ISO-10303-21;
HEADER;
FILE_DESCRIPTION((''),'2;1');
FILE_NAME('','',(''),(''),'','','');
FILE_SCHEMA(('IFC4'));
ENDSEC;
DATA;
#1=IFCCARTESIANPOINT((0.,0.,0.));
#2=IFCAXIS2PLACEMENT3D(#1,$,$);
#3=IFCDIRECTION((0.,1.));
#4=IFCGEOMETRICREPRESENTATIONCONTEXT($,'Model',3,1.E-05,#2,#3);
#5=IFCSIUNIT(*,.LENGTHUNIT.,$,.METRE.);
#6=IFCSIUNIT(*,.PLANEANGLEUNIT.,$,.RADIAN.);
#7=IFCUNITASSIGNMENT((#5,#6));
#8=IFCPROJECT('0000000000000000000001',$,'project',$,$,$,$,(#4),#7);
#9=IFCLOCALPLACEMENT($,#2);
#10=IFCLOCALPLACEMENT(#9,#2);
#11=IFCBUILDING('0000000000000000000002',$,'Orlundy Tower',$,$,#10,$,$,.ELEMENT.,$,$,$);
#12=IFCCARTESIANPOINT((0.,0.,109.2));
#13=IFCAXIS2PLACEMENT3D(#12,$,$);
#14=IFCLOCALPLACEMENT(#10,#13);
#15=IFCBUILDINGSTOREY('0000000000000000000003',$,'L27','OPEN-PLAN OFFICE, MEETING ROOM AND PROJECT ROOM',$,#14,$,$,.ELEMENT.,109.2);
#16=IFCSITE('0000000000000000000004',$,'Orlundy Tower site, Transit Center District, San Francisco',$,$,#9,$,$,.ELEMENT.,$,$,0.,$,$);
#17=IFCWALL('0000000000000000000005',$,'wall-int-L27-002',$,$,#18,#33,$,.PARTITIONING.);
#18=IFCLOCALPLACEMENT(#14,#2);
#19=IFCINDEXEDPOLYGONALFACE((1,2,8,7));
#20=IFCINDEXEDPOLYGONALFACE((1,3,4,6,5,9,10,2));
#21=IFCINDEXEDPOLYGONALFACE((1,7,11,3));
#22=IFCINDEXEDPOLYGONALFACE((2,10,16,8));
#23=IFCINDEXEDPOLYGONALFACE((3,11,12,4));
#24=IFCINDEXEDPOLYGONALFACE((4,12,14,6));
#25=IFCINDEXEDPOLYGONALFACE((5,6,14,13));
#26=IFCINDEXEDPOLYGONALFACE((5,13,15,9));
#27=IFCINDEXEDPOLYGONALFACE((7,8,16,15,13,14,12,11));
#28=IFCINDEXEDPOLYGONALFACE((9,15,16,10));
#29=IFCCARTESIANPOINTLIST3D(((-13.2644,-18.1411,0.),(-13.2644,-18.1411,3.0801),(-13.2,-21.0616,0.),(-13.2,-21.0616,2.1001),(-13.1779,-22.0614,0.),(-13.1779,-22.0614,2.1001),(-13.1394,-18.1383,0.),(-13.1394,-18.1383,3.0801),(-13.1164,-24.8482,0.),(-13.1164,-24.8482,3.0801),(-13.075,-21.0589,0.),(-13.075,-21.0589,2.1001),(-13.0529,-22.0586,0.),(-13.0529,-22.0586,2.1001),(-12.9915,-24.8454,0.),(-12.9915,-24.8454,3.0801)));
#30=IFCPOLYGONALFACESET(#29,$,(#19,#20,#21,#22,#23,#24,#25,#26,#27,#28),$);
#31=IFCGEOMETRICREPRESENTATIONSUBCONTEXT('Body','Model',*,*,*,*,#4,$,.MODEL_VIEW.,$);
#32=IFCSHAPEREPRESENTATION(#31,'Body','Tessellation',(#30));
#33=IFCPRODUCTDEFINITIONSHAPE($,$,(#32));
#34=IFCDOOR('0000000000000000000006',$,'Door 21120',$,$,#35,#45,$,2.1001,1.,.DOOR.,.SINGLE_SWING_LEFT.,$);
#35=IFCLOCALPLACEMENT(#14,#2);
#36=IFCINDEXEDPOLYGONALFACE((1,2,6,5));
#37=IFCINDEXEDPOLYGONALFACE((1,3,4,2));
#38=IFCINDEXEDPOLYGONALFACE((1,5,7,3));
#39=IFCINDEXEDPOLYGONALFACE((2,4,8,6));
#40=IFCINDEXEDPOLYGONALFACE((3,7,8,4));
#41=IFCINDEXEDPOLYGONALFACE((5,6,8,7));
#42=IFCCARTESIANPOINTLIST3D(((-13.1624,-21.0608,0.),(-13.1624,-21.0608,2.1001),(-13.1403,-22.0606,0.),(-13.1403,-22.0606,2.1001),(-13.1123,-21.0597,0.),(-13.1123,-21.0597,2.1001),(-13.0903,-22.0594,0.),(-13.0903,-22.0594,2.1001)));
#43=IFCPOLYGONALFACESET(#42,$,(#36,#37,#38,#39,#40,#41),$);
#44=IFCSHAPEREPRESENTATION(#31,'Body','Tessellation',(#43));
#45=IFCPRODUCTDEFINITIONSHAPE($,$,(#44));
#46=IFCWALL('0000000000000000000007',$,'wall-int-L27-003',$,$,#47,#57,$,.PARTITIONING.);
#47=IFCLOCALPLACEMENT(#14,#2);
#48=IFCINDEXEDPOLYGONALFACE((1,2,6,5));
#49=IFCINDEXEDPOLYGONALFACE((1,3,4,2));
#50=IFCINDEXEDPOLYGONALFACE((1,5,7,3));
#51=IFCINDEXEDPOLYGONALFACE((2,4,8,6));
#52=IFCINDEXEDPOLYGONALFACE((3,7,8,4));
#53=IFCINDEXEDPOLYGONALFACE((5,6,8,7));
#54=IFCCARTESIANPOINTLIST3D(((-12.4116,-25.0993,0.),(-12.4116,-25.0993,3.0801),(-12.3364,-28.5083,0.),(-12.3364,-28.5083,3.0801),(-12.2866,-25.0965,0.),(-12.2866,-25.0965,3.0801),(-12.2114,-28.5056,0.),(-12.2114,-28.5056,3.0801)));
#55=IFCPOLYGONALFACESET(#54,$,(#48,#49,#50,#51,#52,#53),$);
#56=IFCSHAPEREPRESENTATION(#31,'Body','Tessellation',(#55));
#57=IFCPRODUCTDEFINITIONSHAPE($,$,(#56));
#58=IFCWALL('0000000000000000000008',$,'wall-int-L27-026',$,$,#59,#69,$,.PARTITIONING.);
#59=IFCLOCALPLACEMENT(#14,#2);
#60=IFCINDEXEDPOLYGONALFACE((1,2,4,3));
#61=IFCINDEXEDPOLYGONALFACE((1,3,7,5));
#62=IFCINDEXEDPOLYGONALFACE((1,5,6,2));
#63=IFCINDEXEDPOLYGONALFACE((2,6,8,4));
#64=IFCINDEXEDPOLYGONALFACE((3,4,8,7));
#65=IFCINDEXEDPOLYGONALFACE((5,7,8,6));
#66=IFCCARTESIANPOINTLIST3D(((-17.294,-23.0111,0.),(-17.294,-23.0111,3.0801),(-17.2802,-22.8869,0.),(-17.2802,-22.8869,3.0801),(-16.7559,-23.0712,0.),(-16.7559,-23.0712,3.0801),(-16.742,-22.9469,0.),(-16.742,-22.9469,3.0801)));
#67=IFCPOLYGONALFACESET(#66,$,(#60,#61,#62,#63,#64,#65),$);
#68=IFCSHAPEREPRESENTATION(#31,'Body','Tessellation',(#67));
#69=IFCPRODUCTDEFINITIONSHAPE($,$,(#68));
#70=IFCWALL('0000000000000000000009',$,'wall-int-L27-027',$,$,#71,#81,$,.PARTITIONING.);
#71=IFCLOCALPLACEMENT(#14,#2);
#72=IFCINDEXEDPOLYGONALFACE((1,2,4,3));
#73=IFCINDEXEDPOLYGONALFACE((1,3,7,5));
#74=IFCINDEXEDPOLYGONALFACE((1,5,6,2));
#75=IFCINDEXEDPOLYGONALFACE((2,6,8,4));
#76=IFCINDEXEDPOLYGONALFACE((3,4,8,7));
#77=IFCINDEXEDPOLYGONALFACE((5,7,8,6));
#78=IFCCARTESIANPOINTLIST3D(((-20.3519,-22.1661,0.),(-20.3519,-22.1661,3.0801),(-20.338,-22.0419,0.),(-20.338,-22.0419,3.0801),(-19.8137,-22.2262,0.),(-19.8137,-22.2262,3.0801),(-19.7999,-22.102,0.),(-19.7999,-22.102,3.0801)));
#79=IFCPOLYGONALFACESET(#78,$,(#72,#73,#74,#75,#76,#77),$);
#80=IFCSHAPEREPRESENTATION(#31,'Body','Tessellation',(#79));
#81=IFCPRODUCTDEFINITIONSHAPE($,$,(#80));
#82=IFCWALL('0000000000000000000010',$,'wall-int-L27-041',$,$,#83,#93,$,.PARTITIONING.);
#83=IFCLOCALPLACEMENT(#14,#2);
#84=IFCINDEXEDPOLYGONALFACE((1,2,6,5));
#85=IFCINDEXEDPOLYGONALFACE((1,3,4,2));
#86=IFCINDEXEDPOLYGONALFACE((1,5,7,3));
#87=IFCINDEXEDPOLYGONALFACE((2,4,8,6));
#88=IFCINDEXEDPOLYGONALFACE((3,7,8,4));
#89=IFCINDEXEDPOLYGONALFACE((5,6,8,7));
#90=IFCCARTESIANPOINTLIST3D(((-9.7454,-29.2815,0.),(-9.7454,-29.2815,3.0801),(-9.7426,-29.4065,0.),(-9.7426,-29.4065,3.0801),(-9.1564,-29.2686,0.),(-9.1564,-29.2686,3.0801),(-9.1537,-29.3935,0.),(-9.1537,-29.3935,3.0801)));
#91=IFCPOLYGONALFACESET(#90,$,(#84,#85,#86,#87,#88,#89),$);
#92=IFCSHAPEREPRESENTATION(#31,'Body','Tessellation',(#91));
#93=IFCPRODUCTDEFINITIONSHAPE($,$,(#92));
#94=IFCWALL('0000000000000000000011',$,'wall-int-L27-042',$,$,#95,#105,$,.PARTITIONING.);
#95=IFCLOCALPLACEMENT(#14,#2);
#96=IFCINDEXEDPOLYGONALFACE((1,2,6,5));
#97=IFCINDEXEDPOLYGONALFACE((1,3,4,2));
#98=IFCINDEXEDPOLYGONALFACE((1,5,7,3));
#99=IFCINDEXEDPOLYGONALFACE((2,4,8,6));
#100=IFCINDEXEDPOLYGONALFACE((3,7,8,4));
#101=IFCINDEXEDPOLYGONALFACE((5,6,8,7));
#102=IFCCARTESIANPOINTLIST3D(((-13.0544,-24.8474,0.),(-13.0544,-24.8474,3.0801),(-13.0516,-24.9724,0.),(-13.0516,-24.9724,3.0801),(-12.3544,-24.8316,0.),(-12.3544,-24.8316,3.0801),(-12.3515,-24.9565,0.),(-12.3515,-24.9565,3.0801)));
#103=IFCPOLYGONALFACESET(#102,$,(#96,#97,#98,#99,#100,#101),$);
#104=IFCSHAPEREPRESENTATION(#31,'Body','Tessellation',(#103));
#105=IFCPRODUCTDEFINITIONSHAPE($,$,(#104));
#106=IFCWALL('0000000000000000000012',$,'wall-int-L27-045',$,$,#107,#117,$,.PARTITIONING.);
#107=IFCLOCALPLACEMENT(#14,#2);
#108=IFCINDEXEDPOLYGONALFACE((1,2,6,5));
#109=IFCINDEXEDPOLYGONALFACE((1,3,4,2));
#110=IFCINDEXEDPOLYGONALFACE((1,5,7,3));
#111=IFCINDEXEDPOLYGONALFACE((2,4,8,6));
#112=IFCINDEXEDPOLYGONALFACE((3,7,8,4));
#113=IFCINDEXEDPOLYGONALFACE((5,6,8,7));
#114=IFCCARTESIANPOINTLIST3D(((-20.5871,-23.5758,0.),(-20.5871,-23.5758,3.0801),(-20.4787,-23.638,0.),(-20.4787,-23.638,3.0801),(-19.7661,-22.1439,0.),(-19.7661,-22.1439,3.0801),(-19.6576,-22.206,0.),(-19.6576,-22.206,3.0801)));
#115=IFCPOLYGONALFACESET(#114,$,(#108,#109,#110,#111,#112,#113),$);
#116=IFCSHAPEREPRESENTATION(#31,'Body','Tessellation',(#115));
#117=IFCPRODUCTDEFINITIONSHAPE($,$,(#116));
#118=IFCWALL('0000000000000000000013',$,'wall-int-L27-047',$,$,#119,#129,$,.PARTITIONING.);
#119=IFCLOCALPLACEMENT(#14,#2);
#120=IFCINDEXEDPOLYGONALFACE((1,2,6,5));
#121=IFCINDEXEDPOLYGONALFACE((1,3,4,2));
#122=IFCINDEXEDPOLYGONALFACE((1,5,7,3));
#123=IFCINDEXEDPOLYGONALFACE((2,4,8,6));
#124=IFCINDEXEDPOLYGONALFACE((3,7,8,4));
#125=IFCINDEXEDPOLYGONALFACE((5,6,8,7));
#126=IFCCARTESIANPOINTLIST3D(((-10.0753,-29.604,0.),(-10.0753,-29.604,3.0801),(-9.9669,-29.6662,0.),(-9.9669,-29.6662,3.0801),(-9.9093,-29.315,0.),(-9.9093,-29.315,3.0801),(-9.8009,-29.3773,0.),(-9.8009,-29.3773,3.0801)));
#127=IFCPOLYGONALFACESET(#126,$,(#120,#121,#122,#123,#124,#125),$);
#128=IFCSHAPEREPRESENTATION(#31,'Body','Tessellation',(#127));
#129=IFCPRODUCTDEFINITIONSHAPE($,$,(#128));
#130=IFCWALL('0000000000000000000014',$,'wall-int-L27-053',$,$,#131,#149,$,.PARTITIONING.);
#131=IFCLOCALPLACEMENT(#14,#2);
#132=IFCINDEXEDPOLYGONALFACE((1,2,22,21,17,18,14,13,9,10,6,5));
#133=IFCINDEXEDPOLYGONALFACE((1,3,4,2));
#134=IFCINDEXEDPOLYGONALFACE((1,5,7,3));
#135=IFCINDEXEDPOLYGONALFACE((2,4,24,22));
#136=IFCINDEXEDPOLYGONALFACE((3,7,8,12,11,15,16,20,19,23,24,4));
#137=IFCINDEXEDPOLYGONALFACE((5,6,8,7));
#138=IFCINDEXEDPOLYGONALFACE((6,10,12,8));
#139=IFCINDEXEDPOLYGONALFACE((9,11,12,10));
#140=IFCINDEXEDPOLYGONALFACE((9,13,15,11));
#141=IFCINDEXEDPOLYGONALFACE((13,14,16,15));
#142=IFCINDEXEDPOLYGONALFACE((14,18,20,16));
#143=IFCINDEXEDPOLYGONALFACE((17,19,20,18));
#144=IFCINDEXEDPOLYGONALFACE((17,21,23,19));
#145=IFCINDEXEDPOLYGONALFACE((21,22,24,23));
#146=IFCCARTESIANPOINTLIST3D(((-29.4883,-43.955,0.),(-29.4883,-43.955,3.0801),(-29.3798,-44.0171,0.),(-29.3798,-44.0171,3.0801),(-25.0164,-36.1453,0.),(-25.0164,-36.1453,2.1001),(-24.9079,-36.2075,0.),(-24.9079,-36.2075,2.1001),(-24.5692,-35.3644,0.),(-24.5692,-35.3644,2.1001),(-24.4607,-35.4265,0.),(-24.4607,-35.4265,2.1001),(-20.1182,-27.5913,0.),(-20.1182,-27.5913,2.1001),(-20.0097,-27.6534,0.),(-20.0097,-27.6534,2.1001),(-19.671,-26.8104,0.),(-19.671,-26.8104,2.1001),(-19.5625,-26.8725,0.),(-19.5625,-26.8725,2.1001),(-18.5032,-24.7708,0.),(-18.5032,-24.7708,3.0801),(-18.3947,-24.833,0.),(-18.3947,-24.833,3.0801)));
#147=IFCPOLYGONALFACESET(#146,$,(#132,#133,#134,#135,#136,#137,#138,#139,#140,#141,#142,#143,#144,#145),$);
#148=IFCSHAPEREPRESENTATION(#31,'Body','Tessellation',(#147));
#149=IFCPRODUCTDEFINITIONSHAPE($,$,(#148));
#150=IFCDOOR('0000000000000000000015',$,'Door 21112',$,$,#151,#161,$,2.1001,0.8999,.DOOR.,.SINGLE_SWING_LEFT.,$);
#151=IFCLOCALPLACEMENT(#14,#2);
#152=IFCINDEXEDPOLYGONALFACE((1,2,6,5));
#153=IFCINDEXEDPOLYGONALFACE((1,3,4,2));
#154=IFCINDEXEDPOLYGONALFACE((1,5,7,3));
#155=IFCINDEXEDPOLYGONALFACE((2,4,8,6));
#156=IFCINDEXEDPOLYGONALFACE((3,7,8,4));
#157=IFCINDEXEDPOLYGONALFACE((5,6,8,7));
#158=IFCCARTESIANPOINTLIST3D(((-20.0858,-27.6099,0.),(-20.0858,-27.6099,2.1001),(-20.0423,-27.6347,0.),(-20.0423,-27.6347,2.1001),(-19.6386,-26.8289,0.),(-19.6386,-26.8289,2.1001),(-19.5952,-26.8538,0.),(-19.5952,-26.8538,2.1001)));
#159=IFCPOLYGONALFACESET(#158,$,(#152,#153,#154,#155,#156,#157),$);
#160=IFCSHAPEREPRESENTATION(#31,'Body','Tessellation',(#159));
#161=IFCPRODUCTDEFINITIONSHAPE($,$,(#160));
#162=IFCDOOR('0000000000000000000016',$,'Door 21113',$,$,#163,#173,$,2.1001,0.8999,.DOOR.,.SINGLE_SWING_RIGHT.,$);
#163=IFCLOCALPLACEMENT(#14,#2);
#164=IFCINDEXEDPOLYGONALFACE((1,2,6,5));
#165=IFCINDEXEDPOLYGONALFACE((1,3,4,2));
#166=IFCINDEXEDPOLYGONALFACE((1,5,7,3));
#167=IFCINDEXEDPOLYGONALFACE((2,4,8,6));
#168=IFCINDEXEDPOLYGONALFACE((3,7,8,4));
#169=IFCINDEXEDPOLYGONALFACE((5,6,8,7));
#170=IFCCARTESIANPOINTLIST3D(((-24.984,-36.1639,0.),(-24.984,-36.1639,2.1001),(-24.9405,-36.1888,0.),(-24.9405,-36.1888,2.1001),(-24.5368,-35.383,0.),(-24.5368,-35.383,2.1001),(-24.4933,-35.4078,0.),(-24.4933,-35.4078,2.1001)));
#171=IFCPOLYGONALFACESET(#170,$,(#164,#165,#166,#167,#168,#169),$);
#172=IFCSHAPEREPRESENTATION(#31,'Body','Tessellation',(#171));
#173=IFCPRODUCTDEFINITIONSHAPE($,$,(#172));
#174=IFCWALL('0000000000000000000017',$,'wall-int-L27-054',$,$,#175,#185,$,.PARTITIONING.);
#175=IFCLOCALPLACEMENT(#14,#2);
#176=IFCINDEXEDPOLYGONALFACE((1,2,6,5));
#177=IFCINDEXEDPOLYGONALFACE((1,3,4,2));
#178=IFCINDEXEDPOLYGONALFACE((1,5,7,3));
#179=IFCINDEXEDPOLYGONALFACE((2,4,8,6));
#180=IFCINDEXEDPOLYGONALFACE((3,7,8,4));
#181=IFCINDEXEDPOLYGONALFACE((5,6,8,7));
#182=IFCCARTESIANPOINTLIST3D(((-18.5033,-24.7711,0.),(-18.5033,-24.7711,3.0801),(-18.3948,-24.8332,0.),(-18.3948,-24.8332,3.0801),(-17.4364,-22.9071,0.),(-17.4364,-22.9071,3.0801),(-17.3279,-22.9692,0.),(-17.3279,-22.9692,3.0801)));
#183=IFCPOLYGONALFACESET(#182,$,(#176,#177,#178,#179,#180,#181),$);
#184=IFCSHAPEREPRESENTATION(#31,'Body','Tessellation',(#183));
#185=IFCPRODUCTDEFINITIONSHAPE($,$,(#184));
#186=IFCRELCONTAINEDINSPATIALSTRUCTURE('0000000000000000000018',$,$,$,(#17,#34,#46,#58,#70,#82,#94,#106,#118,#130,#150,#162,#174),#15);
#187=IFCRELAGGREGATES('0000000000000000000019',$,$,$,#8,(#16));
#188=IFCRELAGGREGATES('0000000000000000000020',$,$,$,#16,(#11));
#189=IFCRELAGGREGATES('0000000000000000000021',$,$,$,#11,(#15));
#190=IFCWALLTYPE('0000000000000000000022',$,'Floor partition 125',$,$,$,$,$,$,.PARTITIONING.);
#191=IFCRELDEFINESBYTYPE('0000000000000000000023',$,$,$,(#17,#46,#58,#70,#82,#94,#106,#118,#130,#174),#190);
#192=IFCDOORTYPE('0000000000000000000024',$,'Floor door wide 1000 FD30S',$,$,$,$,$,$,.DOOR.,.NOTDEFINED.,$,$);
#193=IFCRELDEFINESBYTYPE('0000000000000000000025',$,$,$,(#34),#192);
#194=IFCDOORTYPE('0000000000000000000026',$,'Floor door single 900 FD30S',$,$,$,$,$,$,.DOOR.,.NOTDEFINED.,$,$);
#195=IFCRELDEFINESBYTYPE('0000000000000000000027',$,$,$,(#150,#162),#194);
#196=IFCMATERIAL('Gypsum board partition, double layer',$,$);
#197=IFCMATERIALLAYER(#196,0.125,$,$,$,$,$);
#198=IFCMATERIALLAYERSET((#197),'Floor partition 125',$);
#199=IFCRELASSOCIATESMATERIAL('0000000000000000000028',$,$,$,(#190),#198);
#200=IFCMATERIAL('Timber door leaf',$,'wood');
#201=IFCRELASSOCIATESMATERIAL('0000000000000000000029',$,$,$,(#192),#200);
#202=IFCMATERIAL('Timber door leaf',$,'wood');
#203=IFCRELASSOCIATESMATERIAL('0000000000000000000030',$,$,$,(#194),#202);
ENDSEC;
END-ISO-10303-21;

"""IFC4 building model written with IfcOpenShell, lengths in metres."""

from ifc_helpers import new_model, si_unit, direction, frame, frame_2d, origin, place, context, subcontext, project, spatial, rectangle, extrude, material, layer, layer_set, type_object, element, fill, save


model = new_model("IFC4")

# Units and contexts
model_context = context("Model", 3, precision=1e-05, world=origin(), true_north=direction((0.0, 1.0)))
body_context = subcontext(model_context, "Body", "Model", "MODEL_VIEW")
ifc_project = project(units=[si_unit("LENGTHUNIT", "METRE"), si_unit("PLANEANGLEUNIT", "RADIAN")], contexts=[model_context])

# Site, building, storey
site_placement = place(None, origin())
site = spatial("IfcSite", under=ifc_project, at=site_placement, Name="Orlundy Tower site, Transit Center District, San Francisco", CompositionType="ELEMENT", RefElevation=0.0)
building_placement = place(site_placement, origin())
building = spatial("IfcBuilding", under=site, at=building_placement, Name="Orlundy Tower", CompositionType="ELEMENT")
storey_placement = place(building_placement, frame((0.0, 0.0, 109.2)))
storey = spatial("IfcBuildingStorey", under=building, at=storey_placement, Name="L27", Description="OPEN-PLAN OFFICE, MEETING ROOM AND PROJECT ROOM", CompositionType="ELEMENT", Elevation=109.2)

# Wall, opening, door
ifc_material_1 = material(Name="Gypsum board partition, double layer")
ifc_layer_1 = layer(ifc_material_1, 0.125)
ifc_layer_set_1 = layer_set([ifc_layer_1], Name="Floor partition 125")
wall_type_1 = type_object("IfcWallType", Name="Floor partition 125", PredefinedType="PARTITIONING", material=ifc_layer_set_1)
wall_1_placement = place(storey_placement, frame((-13.054, -24.8469, 0.0), z_axis=(0.0, 0.0, 1.0), x_axis=(-0.022053, 0.999757, 0.0)))
wall_1 = element("IfcWall", 1, at=wall_1_placement, inside=storey, type_object=wall_type_1, Name="wall-int-L27-002", PredefinedType="PARTITIONING", context=body_context, shape_type="SweptSolid", body=[
    extrude(rectangle(XDim=6.7087, YDim=0.125, at=frame_2d((3.3545, 0.0))), origin(), (0.0, 0.0, 1.0), 3.0801),
])
opening_1_placement = place(wall_1_placement, frame((2.7876, 0.0, 0.0)))
opening_1 = element("IfcOpeningElement", 2, at=opening_1_placement, cuts=wall_1, PredefinedType="OPENING", context=body_context, shape_type="SweptSolid", body=[
    extrude(rectangle(XDim=1.0, YDim=2.1001, at=frame_2d((0.5, 1.05))), frame((0.0, 0.0725, 0.0), z_axis=(0.0, -1.0, 0.0), x_axis=(1.0, 0.0, 0.0)), (0.0, 0.0, 1.0), 0.145),
])
ifc_material_2 = material(Name="Timber door leaf", Category="wood")
door_type_1 = type_object("IfcDoorType", Name="Floor door wide 1000 FD30S", OperationType="NOTDEFINED", PredefinedType="DOOR", material=ifc_material_2)
door_1_placement = place(opening_1_placement, origin())
door_1 = element("IfcDoor", 3, at=door_1_placement, inside=storey, type_object=door_type_1, Name="Door 21120", OperationType="SINGLE_SWING_LEFT", OverallHeight=2.1001, OverallWidth=1.0, PredefinedType="DOOR", context=body_context, shape_type="SweptSolid", body=[
    extrude(rectangle(XDim=1.0, YDim=2.1001, at=frame_2d((0.5, 1.05))), frame((0.0, 0.0249, 0.0), z_axis=(0.0, -1.0, 0.0), x_axis=(1.0, 0.0, 0.0)), (0.0, 0.0, 1.0), 0.05),
])
fill(opening_1, door_1)

# Walls
wall_2_placement = place(storey_placement, frame((-12.2739, -28.5071, 0.0), z_axis=(0.0, 0.0, 1.0), x_axis=(-0.022051, 0.999757, 0.0)))
element("IfcWall", 4, at=wall_2_placement, inside=storey, type_object=wall_type_1, Name="wall-int-L27-003", PredefinedType="PARTITIONING", context=body_context, shape_type="SweptSolid", body=[
    extrude(rectangle(XDim=3.4099, YDim=0.125, at=frame_2d((1.7051, 0.0))), origin(), (0.0, 0.0, 1.0), 3.0801),
])
for number, where, z_axis, x_axis, name in (
    (5, (-17.2871, -22.949, 0.0), (0.0, 0.0, 1.0), (0.993829, -0.110926, 0.0), "wall-int-L27-026"),
    (6, (-20.345, -22.104, 0.0), (0.0, 0.0, 1.0), (0.993829, -0.110926, 0.0), "wall-int-L27-027"),
):
    element("IfcWall", number, at=place(storey_placement, frame(where, z_axis=z_axis, x_axis=x_axis)), inside=storey, type_object=wall_type_1, Name=name, PredefinedType="PARTITIONING", context=body_context, shape_type="SweptSolid", body=[
        extrude(rectangle(XDim=0.5415, YDim=0.125, at=frame_2d((0.2708, 0.0))), origin(), (0.0, 0.0, 1.0), 3.0801),
    ])
wall_3_placement = place(storey_placement, frame((-9.7439, -29.344, 0.0), z_axis=(0.0, 0.0, 1.0), x_axis=(0.999759, 0.021968, 0.0)))
element("IfcWall", 7, at=wall_3_placement, inside=storey, type_object=wall_type_1, Name="wall-int-L27-041", PredefinedType="PARTITIONING", context=body_context, shape_type="SweptSolid", body=[
    extrude(rectangle(XDim=0.5891, YDim=0.125, at=frame_2d((0.2944, 0.0))), origin(), (0.0, 0.0, 1.0), 3.0801),
])
wall_4_placement = place(storey_placement, frame((-13.053, -24.9099, 0.0), z_axis=(0.0, 0.0, 1.0), x_axis=(0.999743, 0.022666, 0.0)))
element("IfcWall", 8, at=wall_4_placement, inside=storey, type_object=wall_type_1, Name="wall-int-L27-042", PredefinedType="PARTITIONING", context=body_context, shape_type="SweptSolid", body=[
    extrude(rectangle(XDim=0.7002, YDim=0.125, at=frame_2d((0.3501, 0.0))), origin(), (0.0, 0.0, 1.0), 3.0801),
])
wall_5_placement = place(storey_placement, frame((-19.7119, -22.175, 0.0), z_axis=(0.0, 0.0, 1.0), x_axis=(-0.497429, -0.867505, 0.0)))
element("IfcWall", 9, at=wall_5_placement, inside=storey, type_object=wall_type_1, Name="wall-int-L27-045", PredefinedType="PARTITIONING", context=body_context, shape_type="SweptSolid", body=[
    extrude(rectangle(XDim=1.6506, YDim=0.125, at=frame_2d((0.8252, 0.0))), origin(), (0.0, 0.0, 1.0), 3.0801),
])
wall_6_placement = place(storey_placement, frame((-10.021, -29.635, 0.0), z_axis=(0.0, 0.0, 1.0), x_axis=(0.498031, 0.867159, 0.0)))
element("IfcWall", 10, at=wall_6_placement, inside=storey, type_object=wall_type_1, Name="wall-int-L27-047", PredefinedType="PARTITIONING", context=body_context, shape_type="SweptSolid", body=[
    extrude(rectangle(XDim=0.3333, YDim=0.125, at=frame_2d((0.1665, 0.0))), origin(), (0.0, 0.0, 1.0), 3.0801),
])

# Wall, openings, doors
wall_7_placement = place(storey_placement, frame((-18.449, -24.802, 0.0), z_axis=(0.0, 0.0, 1.0), x_axis=(-0.496915, -0.867799, 0.0)))
wall_7 = element("IfcWall", 11, at=wall_7_placement, inside=storey, type_object=wall_type_1, Name="wall-int-L27-053", PredefinedType="PARTITIONING", context=body_context, shape_type="SweptSolid", body=[
    extrude(rectangle(XDim=22.1067, YDim=0.125, at=frame_2d((11.0532, 0.0))), origin(), (0.0, 0.0, 1.0), 3.0801),
])
opening_2_placement = place(wall_7_placement, frame((2.3501, 0.0, 0.0)))
opening_2 = element("IfcOpeningElement", 12, at=opening_2_placement, cuts=wall_7, PredefinedType="OPENING", context=body_context, shape_type="SweptSolid", body=[
    extrude(rectangle(XDim=0.8999, YDim=2.1001, at=frame_2d((0.45, 1.05))), frame((0.0, 0.0725, 0.0), z_axis=(0.0, -1.0, 0.0), x_axis=(1.0, 0.0, 0.0)), (0.0, 0.0, 1.0), 0.145),
])
opening_3_placement = place(wall_7_placement, frame((12.2073, 0.0, 0.0)))
opening_3 = element("IfcOpeningElement", 13, at=opening_3_placement, cuts=wall_7, PredefinedType="OPENING", context=body_context, shape_type="SweptSolid", body=[
    extrude(rectangle(XDim=0.8999, YDim=2.1001, at=frame_2d((0.45, 1.05))), frame((0.0, 0.0725, 0.0), z_axis=(0.0, -1.0, 0.0), x_axis=(1.0, 0.0, 0.0)), (0.0, 0.0, 1.0), 0.145),
])
ifc_material_3 = material(Name="Timber door leaf", Category="wood")
door_type_2 = type_object("IfcDoorType", Name="Floor door single 900 FD30S", OperationType="NOTDEFINED", PredefinedType="DOOR", material=ifc_material_3)
door_2_placement = place(opening_2_placement, origin())
door_2 = element("IfcDoor", 14, at=door_2_placement, inside=storey, type_object=door_type_2, Name="Door 21112", OperationType="SINGLE_SWING_LEFT", OverallHeight=2.1001, OverallWidth=0.8999, PredefinedType="DOOR", context=body_context, shape_type="SweptSolid", body=[
    extrude(rectangle(XDim=0.8999, YDim=2.1001, at=frame_2d((0.45, 1.05))), frame((0.0, 0.0249, 0.0), z_axis=(0.0, -1.0, 0.0), x_axis=(1.0, 0.0, 0.0)), (0.0, 0.0, 1.0), 0.05),
])
fill(opening_2, door_2)
door_3_placement = place(opening_3_placement, origin())
door_3 = element("IfcDoor", 15, at=door_3_placement, inside=storey, type_object=door_type_2, Name="Door 21113", OperationType="SINGLE_SWING_RIGHT", OverallHeight=2.1001, OverallWidth=0.8999, PredefinedType="DOOR", context=body_context, shape_type="SweptSolid", body=[
    extrude(rectangle(XDim=0.8999, YDim=2.1001, at=frame_2d((0.45, 1.05))), frame((0.0, 0.0249, 0.0), z_axis=(0.0, -1.0, 0.0), x_axis=(1.0, 0.0, 0.0)), (0.0, 0.0, 1.0), 0.05),
])
fill(opening_3, door_3)

# Wall
wall_8_placement = place(storey_placement, frame((-18.449, -24.802, 0.0), z_axis=(0.0, 0.0, 1.0), x_axis=(0.496751, 0.867893, 0.0)))
element("IfcWall", 16, at=wall_8_placement, inside=storey, type_object=wall_type_1, Name="wall-int-L27-054", PredefinedType="PARTITIONING", context=body_context, shape_type="SweptSolid", body=[
    extrude(rectangle(XDim=2.1477, YDim=0.125, at=frame_2d((1.0737, 0.0))), origin(), (0.0, 0.0, 1.0), 3.0801),
])

save(model, "model.ifc")
